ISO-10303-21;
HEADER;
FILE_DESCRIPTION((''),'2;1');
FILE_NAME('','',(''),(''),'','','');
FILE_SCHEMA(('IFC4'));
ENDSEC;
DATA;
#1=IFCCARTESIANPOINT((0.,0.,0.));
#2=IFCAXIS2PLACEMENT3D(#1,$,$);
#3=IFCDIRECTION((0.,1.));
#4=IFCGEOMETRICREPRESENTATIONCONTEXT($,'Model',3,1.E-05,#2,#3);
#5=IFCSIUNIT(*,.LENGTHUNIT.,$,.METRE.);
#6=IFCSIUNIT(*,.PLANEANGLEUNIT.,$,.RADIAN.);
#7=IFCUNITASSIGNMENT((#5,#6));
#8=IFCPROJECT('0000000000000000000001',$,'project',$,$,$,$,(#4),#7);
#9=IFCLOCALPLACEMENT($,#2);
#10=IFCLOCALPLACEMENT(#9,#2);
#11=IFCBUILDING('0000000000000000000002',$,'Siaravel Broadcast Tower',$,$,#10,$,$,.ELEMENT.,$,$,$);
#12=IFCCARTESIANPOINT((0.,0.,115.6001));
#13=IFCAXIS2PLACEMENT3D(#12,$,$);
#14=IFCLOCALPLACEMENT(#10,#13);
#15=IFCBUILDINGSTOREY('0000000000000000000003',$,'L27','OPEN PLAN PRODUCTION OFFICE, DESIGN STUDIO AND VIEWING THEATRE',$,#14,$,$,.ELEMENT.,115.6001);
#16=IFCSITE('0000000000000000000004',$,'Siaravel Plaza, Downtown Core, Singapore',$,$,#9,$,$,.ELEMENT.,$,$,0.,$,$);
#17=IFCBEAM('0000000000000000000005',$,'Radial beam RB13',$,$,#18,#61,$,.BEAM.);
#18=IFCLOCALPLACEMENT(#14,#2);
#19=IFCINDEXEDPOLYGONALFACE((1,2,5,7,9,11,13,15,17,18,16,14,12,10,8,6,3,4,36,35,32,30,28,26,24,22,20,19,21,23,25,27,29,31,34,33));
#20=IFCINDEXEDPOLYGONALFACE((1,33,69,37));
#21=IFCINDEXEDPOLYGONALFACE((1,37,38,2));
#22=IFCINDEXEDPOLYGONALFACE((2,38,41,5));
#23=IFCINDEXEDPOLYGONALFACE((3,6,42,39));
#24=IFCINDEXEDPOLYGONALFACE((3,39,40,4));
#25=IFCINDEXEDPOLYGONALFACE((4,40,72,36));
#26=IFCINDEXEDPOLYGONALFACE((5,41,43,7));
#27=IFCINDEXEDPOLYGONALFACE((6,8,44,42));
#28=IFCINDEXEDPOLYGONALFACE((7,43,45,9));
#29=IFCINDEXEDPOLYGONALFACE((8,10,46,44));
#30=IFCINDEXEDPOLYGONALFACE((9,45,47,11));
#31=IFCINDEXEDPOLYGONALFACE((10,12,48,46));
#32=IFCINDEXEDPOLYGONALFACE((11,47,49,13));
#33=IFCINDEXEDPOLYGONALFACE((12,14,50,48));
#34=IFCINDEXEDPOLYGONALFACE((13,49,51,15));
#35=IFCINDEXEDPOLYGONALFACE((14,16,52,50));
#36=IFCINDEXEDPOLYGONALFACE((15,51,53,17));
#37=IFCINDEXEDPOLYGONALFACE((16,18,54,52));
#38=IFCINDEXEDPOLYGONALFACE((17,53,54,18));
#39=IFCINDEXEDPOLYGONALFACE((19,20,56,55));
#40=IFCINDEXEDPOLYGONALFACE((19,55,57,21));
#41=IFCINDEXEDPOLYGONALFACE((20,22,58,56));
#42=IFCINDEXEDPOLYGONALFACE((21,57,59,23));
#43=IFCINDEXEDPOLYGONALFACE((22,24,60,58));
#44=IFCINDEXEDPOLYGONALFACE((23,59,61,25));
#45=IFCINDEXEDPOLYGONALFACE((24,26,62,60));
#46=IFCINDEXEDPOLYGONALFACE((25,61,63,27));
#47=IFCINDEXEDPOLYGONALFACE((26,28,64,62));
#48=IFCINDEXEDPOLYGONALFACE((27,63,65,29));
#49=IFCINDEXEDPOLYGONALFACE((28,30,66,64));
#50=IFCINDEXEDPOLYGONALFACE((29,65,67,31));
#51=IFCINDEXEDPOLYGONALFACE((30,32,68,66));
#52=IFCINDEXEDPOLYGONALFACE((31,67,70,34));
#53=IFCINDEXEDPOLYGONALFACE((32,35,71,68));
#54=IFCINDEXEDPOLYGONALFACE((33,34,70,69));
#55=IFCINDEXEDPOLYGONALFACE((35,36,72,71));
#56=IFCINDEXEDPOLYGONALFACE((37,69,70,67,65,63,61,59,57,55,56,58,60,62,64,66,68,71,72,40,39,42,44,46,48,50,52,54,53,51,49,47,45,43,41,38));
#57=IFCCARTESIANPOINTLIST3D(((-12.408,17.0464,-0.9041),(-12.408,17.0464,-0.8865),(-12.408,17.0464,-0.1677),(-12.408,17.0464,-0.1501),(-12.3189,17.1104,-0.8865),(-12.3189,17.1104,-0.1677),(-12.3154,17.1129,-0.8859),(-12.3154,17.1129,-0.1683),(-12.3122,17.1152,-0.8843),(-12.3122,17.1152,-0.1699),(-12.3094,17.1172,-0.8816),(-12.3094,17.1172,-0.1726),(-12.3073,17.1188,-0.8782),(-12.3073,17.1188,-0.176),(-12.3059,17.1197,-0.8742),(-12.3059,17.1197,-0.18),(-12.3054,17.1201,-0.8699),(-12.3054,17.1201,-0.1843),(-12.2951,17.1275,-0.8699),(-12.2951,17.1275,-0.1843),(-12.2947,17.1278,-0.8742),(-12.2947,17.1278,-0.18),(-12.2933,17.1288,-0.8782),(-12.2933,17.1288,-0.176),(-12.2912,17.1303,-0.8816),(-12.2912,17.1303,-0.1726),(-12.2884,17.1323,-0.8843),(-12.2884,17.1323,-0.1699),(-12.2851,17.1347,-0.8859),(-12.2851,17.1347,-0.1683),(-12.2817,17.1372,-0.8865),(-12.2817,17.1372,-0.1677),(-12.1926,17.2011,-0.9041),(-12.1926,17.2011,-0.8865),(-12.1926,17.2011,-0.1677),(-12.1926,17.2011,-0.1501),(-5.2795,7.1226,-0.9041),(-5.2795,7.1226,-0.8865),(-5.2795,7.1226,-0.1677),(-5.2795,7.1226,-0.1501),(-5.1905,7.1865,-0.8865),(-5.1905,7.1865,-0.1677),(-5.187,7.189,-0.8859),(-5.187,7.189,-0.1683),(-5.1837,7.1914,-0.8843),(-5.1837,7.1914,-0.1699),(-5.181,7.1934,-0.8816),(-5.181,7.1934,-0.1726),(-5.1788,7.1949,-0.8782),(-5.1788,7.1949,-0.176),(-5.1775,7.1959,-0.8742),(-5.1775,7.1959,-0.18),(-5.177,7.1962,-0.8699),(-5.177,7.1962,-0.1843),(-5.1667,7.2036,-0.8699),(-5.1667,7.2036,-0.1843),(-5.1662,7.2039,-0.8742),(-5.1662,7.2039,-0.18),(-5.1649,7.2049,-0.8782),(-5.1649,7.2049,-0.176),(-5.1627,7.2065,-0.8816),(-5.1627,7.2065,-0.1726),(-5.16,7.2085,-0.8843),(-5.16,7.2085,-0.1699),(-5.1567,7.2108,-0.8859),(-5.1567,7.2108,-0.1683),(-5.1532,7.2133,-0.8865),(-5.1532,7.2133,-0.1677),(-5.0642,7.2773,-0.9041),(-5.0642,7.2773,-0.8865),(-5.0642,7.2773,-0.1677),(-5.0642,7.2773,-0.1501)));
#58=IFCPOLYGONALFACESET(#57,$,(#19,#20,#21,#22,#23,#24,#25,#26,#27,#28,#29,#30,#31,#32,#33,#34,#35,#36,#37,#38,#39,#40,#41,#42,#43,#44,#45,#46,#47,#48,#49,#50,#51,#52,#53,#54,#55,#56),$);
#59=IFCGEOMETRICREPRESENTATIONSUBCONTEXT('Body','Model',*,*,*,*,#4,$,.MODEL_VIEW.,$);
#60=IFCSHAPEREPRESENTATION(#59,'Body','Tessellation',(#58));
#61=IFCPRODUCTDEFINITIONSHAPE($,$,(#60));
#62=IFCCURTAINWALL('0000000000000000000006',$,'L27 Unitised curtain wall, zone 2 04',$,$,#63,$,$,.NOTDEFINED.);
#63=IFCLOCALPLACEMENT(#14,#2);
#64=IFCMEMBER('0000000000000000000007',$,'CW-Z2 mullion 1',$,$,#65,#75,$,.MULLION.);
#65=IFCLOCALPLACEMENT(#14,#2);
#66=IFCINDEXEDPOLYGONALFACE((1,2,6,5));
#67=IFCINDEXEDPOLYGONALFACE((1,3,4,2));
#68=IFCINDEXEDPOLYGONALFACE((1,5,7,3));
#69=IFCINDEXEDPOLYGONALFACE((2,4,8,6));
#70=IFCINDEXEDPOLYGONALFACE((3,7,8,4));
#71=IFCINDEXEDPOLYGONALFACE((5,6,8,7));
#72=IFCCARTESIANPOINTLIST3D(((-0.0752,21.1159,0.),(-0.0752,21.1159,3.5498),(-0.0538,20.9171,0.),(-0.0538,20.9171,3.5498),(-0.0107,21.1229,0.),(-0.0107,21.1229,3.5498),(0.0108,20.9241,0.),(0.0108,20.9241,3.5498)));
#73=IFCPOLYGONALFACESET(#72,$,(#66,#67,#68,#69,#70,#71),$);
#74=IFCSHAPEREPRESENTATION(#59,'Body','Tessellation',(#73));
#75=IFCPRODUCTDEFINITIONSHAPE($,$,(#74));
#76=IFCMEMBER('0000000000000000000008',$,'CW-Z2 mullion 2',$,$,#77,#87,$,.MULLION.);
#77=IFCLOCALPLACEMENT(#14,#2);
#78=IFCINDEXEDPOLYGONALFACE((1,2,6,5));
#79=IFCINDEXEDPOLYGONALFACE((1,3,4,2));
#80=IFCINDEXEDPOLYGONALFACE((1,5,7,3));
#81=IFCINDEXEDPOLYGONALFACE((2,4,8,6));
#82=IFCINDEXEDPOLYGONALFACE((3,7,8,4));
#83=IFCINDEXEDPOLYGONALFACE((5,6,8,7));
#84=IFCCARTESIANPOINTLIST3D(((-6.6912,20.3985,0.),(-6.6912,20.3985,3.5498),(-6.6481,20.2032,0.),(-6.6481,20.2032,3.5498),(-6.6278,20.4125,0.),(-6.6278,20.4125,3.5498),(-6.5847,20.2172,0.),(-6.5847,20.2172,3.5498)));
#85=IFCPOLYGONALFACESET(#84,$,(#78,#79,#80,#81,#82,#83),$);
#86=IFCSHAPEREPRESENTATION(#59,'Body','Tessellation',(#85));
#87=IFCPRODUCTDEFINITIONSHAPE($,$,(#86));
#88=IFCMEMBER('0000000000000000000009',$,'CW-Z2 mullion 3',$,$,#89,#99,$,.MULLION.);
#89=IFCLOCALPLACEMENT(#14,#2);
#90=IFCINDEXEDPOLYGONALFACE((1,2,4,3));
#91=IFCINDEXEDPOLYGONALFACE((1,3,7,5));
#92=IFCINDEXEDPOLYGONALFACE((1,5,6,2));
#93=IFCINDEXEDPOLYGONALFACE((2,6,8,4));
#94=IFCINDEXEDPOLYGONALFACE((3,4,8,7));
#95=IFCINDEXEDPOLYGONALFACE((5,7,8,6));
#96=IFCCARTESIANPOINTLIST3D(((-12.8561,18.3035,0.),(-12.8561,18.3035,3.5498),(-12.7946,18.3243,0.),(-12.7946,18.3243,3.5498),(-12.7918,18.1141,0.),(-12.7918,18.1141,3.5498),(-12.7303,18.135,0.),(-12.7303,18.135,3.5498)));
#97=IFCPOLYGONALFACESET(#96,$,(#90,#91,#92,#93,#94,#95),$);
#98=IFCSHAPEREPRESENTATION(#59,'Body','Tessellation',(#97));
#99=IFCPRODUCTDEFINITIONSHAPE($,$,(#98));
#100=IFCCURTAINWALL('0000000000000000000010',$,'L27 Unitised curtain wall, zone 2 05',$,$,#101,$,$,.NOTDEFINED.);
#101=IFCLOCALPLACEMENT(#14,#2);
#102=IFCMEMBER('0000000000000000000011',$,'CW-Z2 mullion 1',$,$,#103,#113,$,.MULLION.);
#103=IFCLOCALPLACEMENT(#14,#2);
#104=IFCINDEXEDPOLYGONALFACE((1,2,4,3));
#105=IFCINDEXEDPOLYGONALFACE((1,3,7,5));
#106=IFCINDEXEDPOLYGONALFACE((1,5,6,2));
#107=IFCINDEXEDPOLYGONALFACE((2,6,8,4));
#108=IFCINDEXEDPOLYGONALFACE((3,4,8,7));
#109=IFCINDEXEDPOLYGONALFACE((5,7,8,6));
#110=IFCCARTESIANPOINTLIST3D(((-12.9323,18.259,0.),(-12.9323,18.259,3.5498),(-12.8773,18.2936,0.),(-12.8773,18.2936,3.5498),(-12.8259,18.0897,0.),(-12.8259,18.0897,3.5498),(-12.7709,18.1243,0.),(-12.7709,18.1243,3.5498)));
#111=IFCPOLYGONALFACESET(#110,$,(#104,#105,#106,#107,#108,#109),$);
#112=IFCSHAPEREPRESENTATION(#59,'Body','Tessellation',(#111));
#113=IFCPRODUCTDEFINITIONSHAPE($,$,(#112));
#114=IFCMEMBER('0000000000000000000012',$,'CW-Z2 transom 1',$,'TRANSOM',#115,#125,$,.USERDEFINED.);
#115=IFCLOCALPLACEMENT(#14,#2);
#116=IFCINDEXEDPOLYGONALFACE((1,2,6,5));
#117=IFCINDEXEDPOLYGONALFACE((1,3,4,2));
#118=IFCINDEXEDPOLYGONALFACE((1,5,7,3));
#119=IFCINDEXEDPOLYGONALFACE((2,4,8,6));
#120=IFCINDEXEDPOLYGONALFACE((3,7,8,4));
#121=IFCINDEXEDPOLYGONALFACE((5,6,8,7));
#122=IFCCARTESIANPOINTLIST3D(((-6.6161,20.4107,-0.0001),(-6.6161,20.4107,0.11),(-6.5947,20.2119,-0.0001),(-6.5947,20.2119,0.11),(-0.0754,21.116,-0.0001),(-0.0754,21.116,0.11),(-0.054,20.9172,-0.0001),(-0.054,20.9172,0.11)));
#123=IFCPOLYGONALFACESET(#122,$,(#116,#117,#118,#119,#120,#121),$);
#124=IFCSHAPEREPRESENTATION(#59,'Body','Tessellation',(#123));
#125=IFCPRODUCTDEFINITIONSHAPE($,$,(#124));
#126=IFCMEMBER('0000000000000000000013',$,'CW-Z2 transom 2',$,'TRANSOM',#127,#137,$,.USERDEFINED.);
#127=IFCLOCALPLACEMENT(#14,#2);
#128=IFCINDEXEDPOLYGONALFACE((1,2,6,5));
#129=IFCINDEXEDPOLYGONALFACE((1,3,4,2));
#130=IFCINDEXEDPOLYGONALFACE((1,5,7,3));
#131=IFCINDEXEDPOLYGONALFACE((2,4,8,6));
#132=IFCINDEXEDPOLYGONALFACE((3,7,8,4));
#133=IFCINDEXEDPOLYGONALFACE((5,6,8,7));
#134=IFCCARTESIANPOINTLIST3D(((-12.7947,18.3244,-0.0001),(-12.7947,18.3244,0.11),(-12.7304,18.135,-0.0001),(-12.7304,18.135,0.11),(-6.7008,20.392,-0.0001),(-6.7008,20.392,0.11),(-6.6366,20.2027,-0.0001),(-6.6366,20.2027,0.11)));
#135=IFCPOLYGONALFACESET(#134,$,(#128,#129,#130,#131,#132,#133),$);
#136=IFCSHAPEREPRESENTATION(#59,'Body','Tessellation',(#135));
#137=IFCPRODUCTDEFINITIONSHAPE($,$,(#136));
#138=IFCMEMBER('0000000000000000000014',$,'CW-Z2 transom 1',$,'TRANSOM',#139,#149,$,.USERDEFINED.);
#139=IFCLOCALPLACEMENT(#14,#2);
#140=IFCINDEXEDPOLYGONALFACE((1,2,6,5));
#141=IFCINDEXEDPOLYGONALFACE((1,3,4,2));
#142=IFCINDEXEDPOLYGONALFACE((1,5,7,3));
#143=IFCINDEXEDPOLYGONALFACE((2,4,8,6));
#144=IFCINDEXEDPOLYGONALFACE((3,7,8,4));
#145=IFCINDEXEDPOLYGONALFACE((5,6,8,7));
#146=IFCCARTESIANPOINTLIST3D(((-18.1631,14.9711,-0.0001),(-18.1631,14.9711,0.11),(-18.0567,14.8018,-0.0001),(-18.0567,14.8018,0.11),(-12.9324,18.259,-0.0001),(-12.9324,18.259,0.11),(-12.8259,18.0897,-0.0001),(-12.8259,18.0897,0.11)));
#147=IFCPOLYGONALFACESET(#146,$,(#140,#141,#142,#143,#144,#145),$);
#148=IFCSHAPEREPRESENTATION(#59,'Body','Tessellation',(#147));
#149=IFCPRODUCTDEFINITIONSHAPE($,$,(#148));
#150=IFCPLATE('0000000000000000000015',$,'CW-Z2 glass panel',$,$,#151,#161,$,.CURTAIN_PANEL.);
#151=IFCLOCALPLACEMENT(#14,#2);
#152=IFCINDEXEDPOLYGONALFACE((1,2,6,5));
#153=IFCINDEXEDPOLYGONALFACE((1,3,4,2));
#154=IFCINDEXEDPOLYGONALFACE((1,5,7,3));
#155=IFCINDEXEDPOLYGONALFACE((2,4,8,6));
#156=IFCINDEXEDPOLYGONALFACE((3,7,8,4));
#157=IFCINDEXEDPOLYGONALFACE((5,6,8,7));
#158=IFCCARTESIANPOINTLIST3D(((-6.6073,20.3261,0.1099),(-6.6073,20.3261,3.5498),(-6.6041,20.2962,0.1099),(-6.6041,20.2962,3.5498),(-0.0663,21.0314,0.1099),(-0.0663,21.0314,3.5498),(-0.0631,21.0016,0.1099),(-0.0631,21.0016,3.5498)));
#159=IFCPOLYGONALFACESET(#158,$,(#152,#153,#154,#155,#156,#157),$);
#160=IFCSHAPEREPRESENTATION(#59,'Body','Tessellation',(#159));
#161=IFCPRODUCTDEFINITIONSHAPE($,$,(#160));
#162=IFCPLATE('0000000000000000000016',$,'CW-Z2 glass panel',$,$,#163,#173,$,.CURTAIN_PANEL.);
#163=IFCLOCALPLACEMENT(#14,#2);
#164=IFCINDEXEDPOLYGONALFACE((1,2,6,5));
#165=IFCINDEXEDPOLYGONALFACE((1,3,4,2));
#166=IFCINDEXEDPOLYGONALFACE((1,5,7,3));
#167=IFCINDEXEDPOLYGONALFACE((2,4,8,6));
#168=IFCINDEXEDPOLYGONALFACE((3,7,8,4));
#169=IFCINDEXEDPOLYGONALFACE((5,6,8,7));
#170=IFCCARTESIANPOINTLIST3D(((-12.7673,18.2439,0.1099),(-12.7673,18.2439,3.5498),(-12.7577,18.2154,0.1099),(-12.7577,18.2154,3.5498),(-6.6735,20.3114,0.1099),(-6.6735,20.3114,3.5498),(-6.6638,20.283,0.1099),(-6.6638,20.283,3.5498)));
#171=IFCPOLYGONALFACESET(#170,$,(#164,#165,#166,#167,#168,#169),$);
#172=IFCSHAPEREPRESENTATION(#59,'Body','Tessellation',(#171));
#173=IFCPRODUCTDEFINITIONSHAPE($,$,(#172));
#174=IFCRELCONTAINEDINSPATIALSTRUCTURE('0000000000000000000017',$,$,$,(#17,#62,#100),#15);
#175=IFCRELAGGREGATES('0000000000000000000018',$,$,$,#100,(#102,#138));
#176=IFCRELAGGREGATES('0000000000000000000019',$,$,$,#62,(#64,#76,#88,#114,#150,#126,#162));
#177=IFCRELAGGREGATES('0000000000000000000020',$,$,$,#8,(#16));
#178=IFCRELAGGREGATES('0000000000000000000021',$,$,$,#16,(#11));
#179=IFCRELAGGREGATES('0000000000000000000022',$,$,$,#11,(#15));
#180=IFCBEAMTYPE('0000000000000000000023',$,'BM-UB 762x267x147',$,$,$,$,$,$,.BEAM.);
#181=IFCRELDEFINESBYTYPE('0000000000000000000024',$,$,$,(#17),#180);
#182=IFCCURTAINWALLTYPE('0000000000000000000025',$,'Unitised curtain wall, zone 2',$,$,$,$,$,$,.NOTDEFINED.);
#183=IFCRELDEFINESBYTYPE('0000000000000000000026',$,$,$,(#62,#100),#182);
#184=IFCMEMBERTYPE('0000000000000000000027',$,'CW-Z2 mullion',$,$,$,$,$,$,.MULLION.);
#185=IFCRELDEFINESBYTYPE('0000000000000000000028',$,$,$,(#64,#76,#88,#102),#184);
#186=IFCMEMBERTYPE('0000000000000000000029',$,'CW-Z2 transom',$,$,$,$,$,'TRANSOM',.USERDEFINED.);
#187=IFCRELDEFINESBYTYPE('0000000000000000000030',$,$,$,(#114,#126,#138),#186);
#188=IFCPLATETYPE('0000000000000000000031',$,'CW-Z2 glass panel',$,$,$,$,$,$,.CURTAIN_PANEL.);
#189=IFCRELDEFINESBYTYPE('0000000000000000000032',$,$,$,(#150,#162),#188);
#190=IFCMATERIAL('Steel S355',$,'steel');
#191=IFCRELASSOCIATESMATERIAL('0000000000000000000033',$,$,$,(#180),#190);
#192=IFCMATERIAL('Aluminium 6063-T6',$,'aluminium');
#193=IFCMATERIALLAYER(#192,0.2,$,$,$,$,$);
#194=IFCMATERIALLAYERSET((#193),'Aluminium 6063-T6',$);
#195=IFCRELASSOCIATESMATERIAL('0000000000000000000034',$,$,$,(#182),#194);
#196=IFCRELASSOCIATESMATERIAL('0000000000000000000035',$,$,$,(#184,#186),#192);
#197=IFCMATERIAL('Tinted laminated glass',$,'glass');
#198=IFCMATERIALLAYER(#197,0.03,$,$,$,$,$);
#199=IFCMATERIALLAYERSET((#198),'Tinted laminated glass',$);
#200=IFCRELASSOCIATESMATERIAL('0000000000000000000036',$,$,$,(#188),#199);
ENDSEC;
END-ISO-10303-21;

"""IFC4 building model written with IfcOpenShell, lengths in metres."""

from ifc_helpers import new_model, si_unit, direction, frame, origin, origin_2d, place, context, subcontext, project, spatial, rectangle, i_section, extrude, material, layer, layer_set, material_profile, profile_set, type_object, element, aggregate, save


model = new_model("IFC4")

# Units and contexts
model_context = context("Model", 3, precision=1e-05, world=origin(), true_north=direction((0.0, 1.0)))
body_context = subcontext(model_context, "Body", "Model", "MODEL_VIEW")
ifc_project = project(units=[si_unit("LENGTHUNIT", "METRE"), si_unit("PLANEANGLEUNIT", "RADIAN")], contexts=[model_context])

# Site, building, storey
site_placement = place(None, origin())
site = spatial("IfcSite", under=ifc_project, at=site_placement, Name="Siaravel Plaza, Downtown Core, Singapore", CompositionType="ELEMENT", RefElevation=0.0)
building_placement = place(site_placement, origin())
building = spatial("IfcBuilding", under=site, at=building_placement, Name="Siaravel Broadcast Tower", CompositionType="ELEMENT")
storey_placement = place(building_placement, frame((0.0, 0.0, 115.6001)))
storey = spatial("IfcBuildingStorey", under=building, at=storey_placement, Name="L27", Description="OPEN PLAN PRODUCTION OFFICE, DESIGN STUDIO AND VIEWING THEATRE", CompositionType="ELEMENT", Elevation=115.6001)

# Beam
ifc_material_1 = material(Name="Steel S355", Category="steel")
ifc_material_profile_1 = material_profile(ifc_material_1, i_section(OverallWidth=0.2651, OverallDepth=0.7539, WebThickness=0.0127, FlangeThickness=0.0176, FilletRadius=0.0166, at=origin_2d()))
ifc_profile_set_1 = profile_set([ifc_material_profile_1], Name="Steel S355")
beam_type = type_object("IfcBeamType", Name="BM-UB 762x267x147", PredefinedType="BEAM", material=ifc_profile_set_1)
beam_1_placement = place(storey_placement, frame((-12.3003, 17.1238, -0.5271), z_axis=(0.583402, -0.812183, 0.0), x_axis=(0.812183, 0.583402, 0.0)))
element("IfcBeam", 1, at=beam_1_placement, inside=storey, type_object=beam_type, Name="Radial beam RB13", PredefinedType="BEAM", context=body_context, shape_type="SweptSolid", body=[
    extrude(i_section(OverallWidth=0.2651, OverallDepth=0.7539, WebThickness=0.0127, FlangeThickness=0.0176, FilletRadius=0.0166, at=origin_2d()), origin(), (0.0, 0.0, 1.0), 12.2188),
])

# Curtain wall, members
ifc_material_2 = material(Name="Aluminium 6063-T6", Category="aluminium")
ifc_layer_1 = layer(ifc_material_2, 0.2)
ifc_layer_set_1 = layer_set([ifc_layer_1], Name="Aluminium 6063-T6")
curtain_wall_type = type_object("IfcCurtainWallType", Name="Unitised curtain wall, zone 2", PredefinedType="NOTDEFINED", material=ifc_layer_set_1)
curtain_wall_1_placement = place(storey_placement, origin())
curtain_wall_1 = element("IfcCurtainWall", 2, at=curtain_wall_1_placement, inside=storey, type_object=curtain_wall_type, Name="L27 Unitised curtain wall, zone 2 04", PredefinedType="NOTDEFINED")
ifc_material_profile_2 = material_profile(ifc_material_2, rectangle(XDim=0.2, YDim=0.0649, at=origin_2d()))
ifc_profile_set_2 = profile_set([ifc_material_profile_2], Name="Aluminium 6063-T6")
member_type_1 = type_object("IfcMemberType", Name="CW-Z2 mullion", PredefinedType="MULLION", material=ifc_profile_set_2)
member_1_placement = place(storey_placement, frame((-0.0322, 21.02, 0.0), z_axis=(0.0, 0.0, 1.0), x_axis=(0.107217, -0.994236, 0.0)))
member_1 = element("IfcMember", 3, at=member_1_placement, type_object=member_type_1, Name="CW-Z2 mullion 1", PredefinedType="MULLION", context=body_context, shape_type="SweptSolid", body=[
    extrude(rectangle(XDim=0.2, YDim=0.0649, at=origin_2d()), origin(), (0.0, 0.0, 1.0), 3.5498),
])
member_2_placement = place(storey_placement, frame((-6.6379, 20.3079, 0.0), z_axis=(0.0, 0.0, 1.0), x_axis=(0.215558, -0.976491, 0.0)))
member_2 = element("IfcMember", 4, at=member_2_placement, type_object=member_type_1, Name="CW-Z2 mullion 2", PredefinedType="MULLION", context=body_context, shape_type="SweptSolid", body=[
    extrude(rectangle(XDim=0.2, YDim=0.0649, at=origin_2d()), origin(), (0.0, 0.0, 1.0), 3.5498),
])
member_3_placement = place(storey_placement, frame((-12.7932, 18.2192, 0.0), z_axis=(0.0, 0.0, 1.0), x_axis=(0.321301, -0.946977, 0.0)))
member_3 = element("IfcMember", 5, at=member_3_placement, type_object=member_type_1, Name="CW-Z2 mullion 3", PredefinedType="MULLION", context=body_context, shape_type="SweptSolid", body=[
    extrude(rectangle(XDim=0.2, YDim=0.0649, at=origin_2d()), origin(), (0.0, 0.0, 1.0), 3.5498),
])

# Curtain wall, member
curtain_wall_2_placement = place(storey_placement, origin())
curtain_wall_2 = element("IfcCurtainWall", 6, at=curtain_wall_2_placement, inside=storey, type_object=curtain_wall_type, Name="L27 Unitised curtain wall, zone 2 05", PredefinedType="NOTDEFINED")
member_4_placement = place(storey_placement, frame((-12.8516, 18.1917, 0.0), z_axis=(0.0, 0.0, 1.0), x_axis=(0.532149, -0.846651, 0.0)))
member_4 = element("IfcMember", 7, at=member_4_placement, type_object=member_type_1, Name="CW-Z2 mullion 1", PredefinedType="MULLION", context=body_context, shape_type="SweptSolid", body=[
    extrude(rectangle(XDim=0.2, YDim=0.0649, at=origin_2d()), origin(), (0.0, 0.0, 1.0), 3.5498),
])

# Members
ifc_material_profile_3 = material_profile(ifc_material_2, rectangle(XDim=0.2, YDim=0.1101, at=origin_2d()))
ifc_profile_set_3 = profile_set([ifc_material_profile_3], Name="Aluminium 6063-T6")
member_type_2 = type_object("IfcMemberType", Name="CW-Z2 transom", ElementType="TRANSOM", PredefinedType="USERDEFINED", material=ifc_profile_set_3)
member_5_placement = place(storey_placement, frame((-0.0647, 21.0166, 0.0549), z_axis=(-0.994236, -0.107213, 0.0), x_axis=(0.107213, -0.994236, 0.0)))
member_5 = element("IfcMember", 8, at=member_5_placement, type_object=member_type_2, Name="CW-Z2 transom 1", ObjectType="TRANSOM", PredefinedType="USERDEFINED", context=body_context, shape_type="SweptSolid", body=[
    extrude(rectangle(XDim=0.2, YDim=0.1101, at=origin_2d()), origin(), (0.0, 0.0, 1.0), 6.5786),
])
member_6_placement = place(storey_placement, frame((-6.6687, 20.2974, 0.0549), z_axis=(-0.946974, -0.321311, 0.0), x_axis=(0.321311, -0.946974, 0.0)))
member_6 = element("IfcMember", 9, at=member_6_placement, type_object=member_type_2, Name="CW-Z2 transom 2", ObjectType="TRANSOM", PredefinedType="USERDEFINED", context=body_context, shape_type="SweptSolid", body=[
    extrude(rectangle(XDim=0.2, YDim=0.1101, at=origin_2d()), origin(), (0.0, 0.0, 1.0), 6.4351),
])
member_7_placement = place(storey_placement, frame((-12.8792, 18.1743, 0.0549), z_axis=(-0.846639, -0.532167, 0.0), x_axis=(0.532167, -0.846639, 0.0)))
member_7 = element("IfcMember", 10, at=member_7_placement, type_object=member_type_2, Name="CW-Z2 transom 1", ObjectType="TRANSOM", PredefinedType="USERDEFINED", context=body_context, shape_type="SweptSolid", body=[
    extrude(rectangle(XDim=0.2, YDim=0.1101, at=origin_2d()), origin(), (0.0, 0.0, 1.0), 6.1782),
])
aggregate(curtain_wall_2, [member_4, member_7])

# Plates
ifc_material_3 = material(Name="Tinted laminated glass", Category="glass")
ifc_layer_2 = layer(ifc_material_3, 0.03)
ifc_layer_set_2 = layer_set([ifc_layer_2], Name="Tinted laminated glass")
plate_type = type_object("IfcPlateType", Name="CW-Z2 glass panel", PredefinedType="CURTAIN_PANEL", material=ifc_layer_set_2)
plate_1_placement = place(storey_placement, frame((-3.3352, 20.6638, 0.1099), z_axis=(0.0, 0.0, 1.0), x_axis=(-0.994236, -0.107217, 0.0)))
plate_1 = element("IfcPlate", 11, at=plate_1_placement, type_object=plate_type, Name="CW-Z2 glass panel", PredefinedType="CURTAIN_PANEL", context=body_context, shape_type="SweptSolid", body=[
    extrude(rectangle(XDim=6.5789, YDim=0.03, at=origin_2d()), origin(), (0.0, 0.0, 1.0), 3.4399),
])
plate_2_placement = place(storey_placement, frame((-9.7156, 19.2634, 0.1099), z_axis=(0.0, 0.0, 1.0), x_axis=(-0.946977, -0.321301, 0.0)))
plate_2 = element("IfcPlate", 12, at=plate_2_placement, type_object=plate_type, Name="CW-Z2 glass panel", PredefinedType="CURTAIN_PANEL", context=body_context, shape_type="SweptSolid", body=[
    extrude(rectangle(XDim=6.4351, YDim=0.03, at=origin_2d()), origin(), (0.0, 0.0, 1.0), 3.4399),
])
aggregate(curtain_wall_1, [member_1, member_2, member_3, member_5, plate_1, member_6, plate_2])

save(model, "model.ifc")
